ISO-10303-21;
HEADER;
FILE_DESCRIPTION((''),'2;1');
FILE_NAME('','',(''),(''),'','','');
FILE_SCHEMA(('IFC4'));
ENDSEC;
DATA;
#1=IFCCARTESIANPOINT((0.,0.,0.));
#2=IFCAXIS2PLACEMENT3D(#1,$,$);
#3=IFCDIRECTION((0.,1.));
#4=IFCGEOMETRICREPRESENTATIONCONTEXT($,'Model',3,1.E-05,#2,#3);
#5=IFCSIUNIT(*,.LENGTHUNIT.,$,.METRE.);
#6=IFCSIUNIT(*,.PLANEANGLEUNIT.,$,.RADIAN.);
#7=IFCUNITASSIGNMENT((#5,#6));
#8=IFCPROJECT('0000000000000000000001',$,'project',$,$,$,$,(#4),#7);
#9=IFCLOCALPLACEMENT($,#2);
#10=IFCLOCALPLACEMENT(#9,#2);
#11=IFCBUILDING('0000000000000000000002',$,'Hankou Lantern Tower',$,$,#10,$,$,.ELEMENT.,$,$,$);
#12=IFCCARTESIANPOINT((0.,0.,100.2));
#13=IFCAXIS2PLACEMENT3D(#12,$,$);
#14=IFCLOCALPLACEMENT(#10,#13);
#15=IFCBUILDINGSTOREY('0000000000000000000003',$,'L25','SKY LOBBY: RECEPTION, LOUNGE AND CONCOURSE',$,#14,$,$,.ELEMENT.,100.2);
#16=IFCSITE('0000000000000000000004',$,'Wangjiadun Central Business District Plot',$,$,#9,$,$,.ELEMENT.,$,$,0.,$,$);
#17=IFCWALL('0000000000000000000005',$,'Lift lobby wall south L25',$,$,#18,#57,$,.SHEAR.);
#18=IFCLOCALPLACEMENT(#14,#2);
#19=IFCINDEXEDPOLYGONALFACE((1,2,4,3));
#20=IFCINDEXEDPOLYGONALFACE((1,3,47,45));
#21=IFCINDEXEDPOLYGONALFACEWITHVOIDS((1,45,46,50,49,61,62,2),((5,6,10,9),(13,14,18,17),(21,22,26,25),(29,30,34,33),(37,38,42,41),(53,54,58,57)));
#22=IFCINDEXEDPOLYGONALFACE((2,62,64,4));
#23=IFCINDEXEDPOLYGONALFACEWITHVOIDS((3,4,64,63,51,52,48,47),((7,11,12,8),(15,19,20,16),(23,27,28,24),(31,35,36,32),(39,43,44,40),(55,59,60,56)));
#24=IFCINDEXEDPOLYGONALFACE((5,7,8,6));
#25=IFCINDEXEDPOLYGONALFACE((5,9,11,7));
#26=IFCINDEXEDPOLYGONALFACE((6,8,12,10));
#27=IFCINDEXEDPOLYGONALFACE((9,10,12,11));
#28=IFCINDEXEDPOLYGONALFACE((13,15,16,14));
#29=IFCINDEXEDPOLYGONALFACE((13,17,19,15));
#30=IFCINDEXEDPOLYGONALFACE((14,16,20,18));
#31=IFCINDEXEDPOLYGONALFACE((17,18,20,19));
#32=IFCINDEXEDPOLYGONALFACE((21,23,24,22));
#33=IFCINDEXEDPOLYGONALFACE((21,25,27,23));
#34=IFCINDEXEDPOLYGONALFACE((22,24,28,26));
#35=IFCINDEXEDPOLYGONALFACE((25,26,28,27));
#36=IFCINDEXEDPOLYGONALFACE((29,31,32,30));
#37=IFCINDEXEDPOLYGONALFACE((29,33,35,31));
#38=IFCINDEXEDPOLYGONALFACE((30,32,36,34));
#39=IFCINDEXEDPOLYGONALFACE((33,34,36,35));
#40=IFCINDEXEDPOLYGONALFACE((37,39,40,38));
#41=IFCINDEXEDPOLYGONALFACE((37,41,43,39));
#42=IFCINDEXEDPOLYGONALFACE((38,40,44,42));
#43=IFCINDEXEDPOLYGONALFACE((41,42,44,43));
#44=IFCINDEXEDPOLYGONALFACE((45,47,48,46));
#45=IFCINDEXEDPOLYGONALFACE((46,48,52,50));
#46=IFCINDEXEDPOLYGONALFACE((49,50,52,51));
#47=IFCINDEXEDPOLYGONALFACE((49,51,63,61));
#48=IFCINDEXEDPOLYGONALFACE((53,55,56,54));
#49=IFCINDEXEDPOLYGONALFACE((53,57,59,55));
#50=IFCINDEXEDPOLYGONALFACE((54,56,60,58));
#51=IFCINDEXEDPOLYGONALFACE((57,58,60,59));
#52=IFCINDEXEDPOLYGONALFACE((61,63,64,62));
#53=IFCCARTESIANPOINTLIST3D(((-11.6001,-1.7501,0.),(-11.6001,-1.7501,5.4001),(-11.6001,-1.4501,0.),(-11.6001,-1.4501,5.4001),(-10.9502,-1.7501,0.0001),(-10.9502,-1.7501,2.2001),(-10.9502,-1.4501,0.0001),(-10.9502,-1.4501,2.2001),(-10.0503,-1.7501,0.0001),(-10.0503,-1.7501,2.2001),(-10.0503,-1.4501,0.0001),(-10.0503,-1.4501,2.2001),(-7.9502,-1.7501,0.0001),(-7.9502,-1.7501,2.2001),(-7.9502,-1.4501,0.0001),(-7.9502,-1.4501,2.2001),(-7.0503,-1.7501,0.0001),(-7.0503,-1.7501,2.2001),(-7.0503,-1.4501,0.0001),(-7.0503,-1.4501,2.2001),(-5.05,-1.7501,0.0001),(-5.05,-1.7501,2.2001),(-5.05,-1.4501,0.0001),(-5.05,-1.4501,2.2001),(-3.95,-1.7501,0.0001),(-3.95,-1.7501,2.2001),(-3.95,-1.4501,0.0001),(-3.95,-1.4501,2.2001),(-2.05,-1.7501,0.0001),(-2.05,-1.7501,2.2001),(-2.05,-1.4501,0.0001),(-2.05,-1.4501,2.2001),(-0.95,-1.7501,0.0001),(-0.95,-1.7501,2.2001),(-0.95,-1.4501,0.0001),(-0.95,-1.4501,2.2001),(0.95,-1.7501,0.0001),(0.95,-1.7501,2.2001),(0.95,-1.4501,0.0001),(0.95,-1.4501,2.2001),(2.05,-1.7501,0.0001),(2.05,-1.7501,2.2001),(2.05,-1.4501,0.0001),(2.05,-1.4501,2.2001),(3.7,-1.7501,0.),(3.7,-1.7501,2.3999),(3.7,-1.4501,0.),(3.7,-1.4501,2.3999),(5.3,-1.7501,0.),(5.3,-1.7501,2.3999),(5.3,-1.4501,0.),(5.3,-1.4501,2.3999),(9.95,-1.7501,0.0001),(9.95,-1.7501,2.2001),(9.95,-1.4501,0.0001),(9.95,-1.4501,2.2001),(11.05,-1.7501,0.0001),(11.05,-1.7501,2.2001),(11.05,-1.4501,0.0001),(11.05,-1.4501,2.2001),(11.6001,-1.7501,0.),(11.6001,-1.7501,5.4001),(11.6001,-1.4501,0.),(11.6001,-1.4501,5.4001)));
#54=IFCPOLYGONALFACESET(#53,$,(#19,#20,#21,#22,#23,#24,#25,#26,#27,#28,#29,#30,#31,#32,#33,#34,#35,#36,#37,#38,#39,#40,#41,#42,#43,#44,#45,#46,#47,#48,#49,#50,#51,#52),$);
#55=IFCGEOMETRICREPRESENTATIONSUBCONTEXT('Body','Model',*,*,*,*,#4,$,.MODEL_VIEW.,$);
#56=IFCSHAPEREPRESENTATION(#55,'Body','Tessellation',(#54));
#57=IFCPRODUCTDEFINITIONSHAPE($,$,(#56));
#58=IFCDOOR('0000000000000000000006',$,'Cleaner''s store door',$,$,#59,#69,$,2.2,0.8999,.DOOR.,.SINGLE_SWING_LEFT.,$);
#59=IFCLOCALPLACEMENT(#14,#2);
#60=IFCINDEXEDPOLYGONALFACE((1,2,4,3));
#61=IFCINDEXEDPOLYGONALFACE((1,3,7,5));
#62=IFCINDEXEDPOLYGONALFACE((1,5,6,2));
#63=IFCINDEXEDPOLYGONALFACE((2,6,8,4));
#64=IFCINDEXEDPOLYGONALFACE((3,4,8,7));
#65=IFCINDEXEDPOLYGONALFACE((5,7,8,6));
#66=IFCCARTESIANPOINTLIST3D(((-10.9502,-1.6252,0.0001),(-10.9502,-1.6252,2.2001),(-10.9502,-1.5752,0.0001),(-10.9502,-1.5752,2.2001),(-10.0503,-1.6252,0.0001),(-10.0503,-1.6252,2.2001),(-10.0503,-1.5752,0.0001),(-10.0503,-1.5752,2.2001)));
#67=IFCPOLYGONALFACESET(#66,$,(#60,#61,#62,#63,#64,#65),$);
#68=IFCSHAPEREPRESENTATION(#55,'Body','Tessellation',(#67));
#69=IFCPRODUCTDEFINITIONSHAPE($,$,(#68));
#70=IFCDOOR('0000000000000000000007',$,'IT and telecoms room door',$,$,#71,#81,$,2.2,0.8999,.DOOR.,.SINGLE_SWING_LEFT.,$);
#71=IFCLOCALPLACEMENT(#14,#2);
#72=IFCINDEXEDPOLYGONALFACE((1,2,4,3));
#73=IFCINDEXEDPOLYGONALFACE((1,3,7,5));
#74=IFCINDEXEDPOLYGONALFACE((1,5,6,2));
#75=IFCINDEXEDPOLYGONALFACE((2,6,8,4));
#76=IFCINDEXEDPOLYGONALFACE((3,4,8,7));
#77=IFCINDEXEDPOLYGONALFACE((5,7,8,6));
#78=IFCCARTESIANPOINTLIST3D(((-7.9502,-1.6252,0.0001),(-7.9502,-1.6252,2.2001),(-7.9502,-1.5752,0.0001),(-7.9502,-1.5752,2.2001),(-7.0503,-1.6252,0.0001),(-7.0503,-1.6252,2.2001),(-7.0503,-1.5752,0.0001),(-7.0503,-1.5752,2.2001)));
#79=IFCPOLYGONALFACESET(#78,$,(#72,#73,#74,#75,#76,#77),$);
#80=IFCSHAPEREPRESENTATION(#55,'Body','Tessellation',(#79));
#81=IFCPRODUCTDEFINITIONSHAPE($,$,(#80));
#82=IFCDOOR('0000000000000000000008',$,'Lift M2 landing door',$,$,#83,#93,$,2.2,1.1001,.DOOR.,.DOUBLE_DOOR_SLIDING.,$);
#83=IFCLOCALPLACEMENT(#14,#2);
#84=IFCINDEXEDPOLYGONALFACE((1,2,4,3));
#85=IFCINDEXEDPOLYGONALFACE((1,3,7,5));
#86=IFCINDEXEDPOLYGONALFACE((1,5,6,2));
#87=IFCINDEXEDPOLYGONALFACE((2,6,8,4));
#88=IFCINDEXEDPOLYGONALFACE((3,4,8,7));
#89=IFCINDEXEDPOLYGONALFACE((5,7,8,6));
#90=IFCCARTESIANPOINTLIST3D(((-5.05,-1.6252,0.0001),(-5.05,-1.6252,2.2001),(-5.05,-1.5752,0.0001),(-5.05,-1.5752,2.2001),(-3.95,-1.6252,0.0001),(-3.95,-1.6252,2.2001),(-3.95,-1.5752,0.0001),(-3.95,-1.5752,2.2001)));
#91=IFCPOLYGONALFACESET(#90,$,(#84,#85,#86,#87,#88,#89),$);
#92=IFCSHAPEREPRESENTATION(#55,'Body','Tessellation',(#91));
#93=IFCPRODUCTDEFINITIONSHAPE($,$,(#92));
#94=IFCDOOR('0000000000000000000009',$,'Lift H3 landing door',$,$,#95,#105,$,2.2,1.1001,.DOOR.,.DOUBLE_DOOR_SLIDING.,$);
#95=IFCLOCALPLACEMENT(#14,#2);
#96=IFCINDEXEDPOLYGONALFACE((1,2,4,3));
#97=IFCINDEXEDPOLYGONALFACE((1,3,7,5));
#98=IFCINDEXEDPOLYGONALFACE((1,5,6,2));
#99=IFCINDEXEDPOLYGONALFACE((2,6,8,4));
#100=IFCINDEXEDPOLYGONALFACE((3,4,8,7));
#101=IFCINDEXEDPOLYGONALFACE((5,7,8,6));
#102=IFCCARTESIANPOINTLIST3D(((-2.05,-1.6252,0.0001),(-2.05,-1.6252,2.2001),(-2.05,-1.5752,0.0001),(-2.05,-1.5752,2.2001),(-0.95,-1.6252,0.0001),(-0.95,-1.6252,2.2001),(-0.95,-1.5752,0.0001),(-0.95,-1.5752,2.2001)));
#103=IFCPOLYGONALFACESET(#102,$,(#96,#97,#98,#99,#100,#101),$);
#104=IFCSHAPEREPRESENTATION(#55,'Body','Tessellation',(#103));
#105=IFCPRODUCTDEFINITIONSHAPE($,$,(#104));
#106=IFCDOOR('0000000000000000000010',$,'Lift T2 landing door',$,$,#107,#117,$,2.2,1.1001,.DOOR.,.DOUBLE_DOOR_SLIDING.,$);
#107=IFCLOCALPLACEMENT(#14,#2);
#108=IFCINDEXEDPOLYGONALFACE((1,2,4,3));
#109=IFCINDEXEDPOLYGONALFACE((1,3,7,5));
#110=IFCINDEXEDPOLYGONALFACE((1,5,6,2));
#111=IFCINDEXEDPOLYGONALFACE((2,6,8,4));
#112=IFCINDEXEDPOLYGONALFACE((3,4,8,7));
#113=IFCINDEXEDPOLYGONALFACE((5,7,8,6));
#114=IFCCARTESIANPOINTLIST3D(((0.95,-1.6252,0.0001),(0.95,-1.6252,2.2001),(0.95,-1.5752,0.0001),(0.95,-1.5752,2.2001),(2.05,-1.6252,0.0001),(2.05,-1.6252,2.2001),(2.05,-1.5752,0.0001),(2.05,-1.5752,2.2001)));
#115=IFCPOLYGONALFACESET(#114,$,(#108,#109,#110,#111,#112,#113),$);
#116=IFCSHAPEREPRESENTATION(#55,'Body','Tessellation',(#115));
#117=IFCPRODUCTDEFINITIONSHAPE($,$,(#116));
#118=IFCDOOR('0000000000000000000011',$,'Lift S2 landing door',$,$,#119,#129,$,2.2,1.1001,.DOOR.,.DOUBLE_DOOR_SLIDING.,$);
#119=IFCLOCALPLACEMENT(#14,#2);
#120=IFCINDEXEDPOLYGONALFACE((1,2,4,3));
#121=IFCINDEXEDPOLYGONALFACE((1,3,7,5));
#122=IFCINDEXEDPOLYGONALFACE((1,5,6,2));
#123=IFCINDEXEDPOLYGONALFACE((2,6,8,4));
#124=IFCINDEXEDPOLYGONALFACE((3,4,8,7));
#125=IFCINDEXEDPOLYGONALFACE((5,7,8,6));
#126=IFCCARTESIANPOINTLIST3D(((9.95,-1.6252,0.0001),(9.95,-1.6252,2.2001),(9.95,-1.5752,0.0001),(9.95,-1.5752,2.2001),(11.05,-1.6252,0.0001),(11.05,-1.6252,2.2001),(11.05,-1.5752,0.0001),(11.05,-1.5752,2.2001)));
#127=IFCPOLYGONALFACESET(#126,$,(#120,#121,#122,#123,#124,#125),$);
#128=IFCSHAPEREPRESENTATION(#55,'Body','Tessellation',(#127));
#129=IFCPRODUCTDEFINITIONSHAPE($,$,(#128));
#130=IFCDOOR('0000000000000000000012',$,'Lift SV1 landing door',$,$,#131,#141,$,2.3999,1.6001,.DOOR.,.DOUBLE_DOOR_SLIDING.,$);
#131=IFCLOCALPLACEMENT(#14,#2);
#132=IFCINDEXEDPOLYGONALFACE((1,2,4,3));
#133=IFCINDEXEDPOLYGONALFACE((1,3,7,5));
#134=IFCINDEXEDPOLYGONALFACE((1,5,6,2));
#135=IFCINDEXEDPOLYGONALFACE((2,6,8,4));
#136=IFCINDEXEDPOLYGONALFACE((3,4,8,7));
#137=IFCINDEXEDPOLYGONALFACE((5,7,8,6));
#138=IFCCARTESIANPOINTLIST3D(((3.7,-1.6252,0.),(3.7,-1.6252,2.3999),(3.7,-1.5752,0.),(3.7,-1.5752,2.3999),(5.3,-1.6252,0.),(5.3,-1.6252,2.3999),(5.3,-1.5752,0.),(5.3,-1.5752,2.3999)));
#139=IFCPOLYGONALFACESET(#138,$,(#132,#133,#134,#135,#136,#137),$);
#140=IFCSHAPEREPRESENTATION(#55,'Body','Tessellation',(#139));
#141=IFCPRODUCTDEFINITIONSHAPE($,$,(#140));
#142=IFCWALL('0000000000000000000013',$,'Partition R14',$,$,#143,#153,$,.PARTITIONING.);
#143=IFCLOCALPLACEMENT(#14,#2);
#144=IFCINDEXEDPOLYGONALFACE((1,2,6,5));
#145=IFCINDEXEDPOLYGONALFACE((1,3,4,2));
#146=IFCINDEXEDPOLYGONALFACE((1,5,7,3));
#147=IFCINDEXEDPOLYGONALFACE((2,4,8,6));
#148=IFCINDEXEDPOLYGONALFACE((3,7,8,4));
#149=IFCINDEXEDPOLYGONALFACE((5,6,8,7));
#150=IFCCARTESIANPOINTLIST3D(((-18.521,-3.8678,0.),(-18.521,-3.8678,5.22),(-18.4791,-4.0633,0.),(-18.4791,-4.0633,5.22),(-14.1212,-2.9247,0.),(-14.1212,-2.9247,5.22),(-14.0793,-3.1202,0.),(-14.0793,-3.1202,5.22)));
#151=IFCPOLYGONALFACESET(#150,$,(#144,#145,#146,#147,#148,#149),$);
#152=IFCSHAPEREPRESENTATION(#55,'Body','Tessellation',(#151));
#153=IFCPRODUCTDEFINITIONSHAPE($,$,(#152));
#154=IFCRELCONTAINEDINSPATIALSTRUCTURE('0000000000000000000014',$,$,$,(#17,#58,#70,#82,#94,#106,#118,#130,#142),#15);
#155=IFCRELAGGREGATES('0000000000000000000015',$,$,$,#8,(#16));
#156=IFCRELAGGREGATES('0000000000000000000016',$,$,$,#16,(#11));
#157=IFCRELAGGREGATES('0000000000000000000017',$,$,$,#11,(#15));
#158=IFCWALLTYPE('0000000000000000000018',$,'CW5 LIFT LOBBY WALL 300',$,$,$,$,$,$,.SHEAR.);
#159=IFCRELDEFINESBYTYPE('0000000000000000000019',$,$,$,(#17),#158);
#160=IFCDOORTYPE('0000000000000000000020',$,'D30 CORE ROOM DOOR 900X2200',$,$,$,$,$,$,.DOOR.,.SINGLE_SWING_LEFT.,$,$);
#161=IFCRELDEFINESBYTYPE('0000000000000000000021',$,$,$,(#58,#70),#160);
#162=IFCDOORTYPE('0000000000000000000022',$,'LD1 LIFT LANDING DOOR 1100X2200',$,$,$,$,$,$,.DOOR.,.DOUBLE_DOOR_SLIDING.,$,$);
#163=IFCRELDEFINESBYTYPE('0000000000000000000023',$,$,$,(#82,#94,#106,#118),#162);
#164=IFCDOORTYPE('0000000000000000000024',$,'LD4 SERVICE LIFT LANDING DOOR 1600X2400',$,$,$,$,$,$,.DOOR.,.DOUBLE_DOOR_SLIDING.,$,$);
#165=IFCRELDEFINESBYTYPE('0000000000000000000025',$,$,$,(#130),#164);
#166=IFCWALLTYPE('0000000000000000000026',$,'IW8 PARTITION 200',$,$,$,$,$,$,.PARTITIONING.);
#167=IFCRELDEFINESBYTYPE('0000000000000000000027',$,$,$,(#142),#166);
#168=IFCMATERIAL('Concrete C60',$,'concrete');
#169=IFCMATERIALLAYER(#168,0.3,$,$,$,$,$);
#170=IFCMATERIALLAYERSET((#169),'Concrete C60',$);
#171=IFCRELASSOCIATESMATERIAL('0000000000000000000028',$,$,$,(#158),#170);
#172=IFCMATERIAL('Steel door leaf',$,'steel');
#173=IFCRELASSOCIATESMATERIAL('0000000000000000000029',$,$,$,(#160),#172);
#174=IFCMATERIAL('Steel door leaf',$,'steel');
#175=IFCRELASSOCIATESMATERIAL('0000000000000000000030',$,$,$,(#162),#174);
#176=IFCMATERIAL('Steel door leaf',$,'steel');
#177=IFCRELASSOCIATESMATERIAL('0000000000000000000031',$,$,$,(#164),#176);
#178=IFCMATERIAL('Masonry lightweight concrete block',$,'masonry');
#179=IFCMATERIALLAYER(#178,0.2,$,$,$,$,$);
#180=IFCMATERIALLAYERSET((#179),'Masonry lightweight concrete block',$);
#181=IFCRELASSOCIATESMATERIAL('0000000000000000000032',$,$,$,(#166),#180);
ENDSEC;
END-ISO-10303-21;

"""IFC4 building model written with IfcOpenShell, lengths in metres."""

from ifc_helpers import new_model, si_unit, direction, frame, frame_2d, origin, place, context, subcontext, project, spatial, rectangle, extrude, material, layer, layer_set, type_object, element, fill, save


model = new_model("IFC4")

# Units and contexts
model_context = context("Model", 3, precision=1e-05, world=origin(), true_north=direction((0.0, 1.0)))
body_context = subcontext(model_context, "Body", "Model", "MODEL_VIEW")
ifc_project = project(units=[si_unit("LENGTHUNIT", "METRE"), si_unit("PLANEANGLEUNIT", "RADIAN")], contexts=[model_context])

# Site, building, storey
site_placement = place(None, origin())
site = spatial("IfcSite", under=ifc_project, at=site_placement, Name="Wangjiadun Central Business District Plot", CompositionType="ELEMENT", RefElevation=0.0)
building_placement = place(site_placement, origin())
building = spatial("IfcBuilding", under=site, at=building_placement, Name="Hankou Lantern Tower", CompositionType="ELEMENT")
storey_placement = place(building_placement, frame((0.0, 0.0, 100.2)))
storey = spatial("IfcBuildingStorey", under=building, at=storey_placement, Name="L25", Description="SKY LOBBY: RECEPTION, LOUNGE AND CONCOURSE", CompositionType="ELEMENT", Elevation=100.2)

# Wall, openings, doors
ifc_material_1 = material(Name="Concrete C60", Category="concrete")
ifc_layer_1 = layer(ifc_material_1, 0.3)
ifc_layer_set_1 = layer_set([ifc_layer_1], Name="Concrete C60")
wall_type_1 = type_object("IfcWallType", Name="CW5 LIFT LOBBY WALL 300", PredefinedType="SHEAR", material=ifc_layer_set_1)
wall_1_placement = place(storey_placement, frame((-11.6001, -1.6001, 0.0), z_axis=(0.0, 0.0, 1.0), x_axis=(1.0, 0.0, 0.0)))
wall_1 = element("IfcWall", 1, at=wall_1_placement, inside=storey, type_object=wall_type_1, Name="Lift lobby wall south L25", PredefinedType="SHEAR", context=body_context, shape_type="SweptSolid", body=[
    extrude(rectangle(XDim=23.2002, YDim=0.3, at=frame_2d((11.6001, 0.0))), origin(), (0.0, 0.0, 1.0), 5.4001),
])
opening_1_placement = place(wall_1_placement, frame((6.55, 0.0, 0.0)))
opening_1 = element("IfcOpeningElement", 2, at=opening_1_placement, cuts=wall_1, PredefinedType="OPENING", context=body_context, shape_type="SweptSolid", body=[
    extrude(rectangle(XDim=1.1001, YDim=2.2, at=frame_2d((0.55, 1.1001))), frame((0.0, 0.1599, 0.0), z_axis=(0.0, -1.0, 0.0), x_axis=(1.0, 0.0, 0.0)), (0.0, 0.0, 1.0), 0.3201),
])
opening_2_placement = place(wall_1_placement, frame((9.55, 0.0, 0.0)))
opening_2 = element("IfcOpeningElement", 3, at=opening_2_placement, cuts=wall_1, PredefinedType="OPENING", context=body_context, shape_type="SweptSolid", body=[
    extrude(rectangle(XDim=1.1001, YDim=2.2, at=frame_2d((0.55, 1.1001))), frame((0.0, 0.1599, 0.0), z_axis=(0.0, -1.0, 0.0), x_axis=(1.0, 0.0, 0.0)), (0.0, 0.0, 1.0), 0.3201),
])
opening_3_placement = place(wall_1_placement, frame((12.55, 0.0, 0.0)))
opening_3 = element("IfcOpeningElement", 4, at=opening_3_placement, cuts=wall_1, PredefinedType="OPENING", context=body_context, shape_type="SweptSolid", body=[
    extrude(rectangle(XDim=1.1001, YDim=2.2, at=frame_2d((0.55, 1.1001))), frame((0.0, 0.1599, 0.0), z_axis=(0.0, -1.0, 0.0), x_axis=(1.0, 0.0, 0.0)), (0.0, 0.0, 1.0), 0.3201),
])
opening_4_placement = place(wall_1_placement, frame((15.3, 0.0, 0.0)))
opening_4 = element("IfcOpeningElement", 5, at=opening_4_placement, cuts=wall_1, PredefinedType="OPENING", context=body_context, shape_type="SweptSolid", body=[
    extrude(rectangle(XDim=1.6001, YDim=2.3999, at=frame_2d((0.8, 1.2))), frame((0.0, 0.1599, 0.0), z_axis=(0.0, -1.0, 0.0), x_axis=(1.0, 0.0, 0.0)), (0.0, 0.0, 1.0), 0.3201),
])
opening_5_placement = place(wall_1_placement, frame((21.55, 0.0, 0.0)))
opening_5 = element("IfcOpeningElement", 6, at=opening_5_placement, cuts=wall_1, PredefinedType="OPENING", context=body_context, shape_type="SweptSolid", body=[
    extrude(rectangle(XDim=1.1001, YDim=2.2, at=frame_2d((0.55, 1.1001))), frame((0.0, 0.1599, 0.0), z_axis=(0.0, -1.0, 0.0), x_axis=(1.0, 0.0, 0.0)), (0.0, 0.0, 1.0), 0.3201),
])
opening_6_placement = place(wall_1_placement, frame((0.6499, 0.0, 0.0)))
opening_6 = element("IfcOpeningElement", 7, at=opening_6_placement, cuts=wall_1, PredefinedType="OPENING", context=body_context, shape_type="SweptSolid", body=[
    extrude(rectangle(XDim=0.8999, YDim=2.2, at=frame_2d((0.45, 1.1001))), frame((0.0, 0.1599, 0.0), z_axis=(0.0, -1.0, 0.0), x_axis=(1.0, 0.0, 0.0)), (0.0, 0.0, 1.0), 0.3201),
])
opening_7_placement = place(wall_1_placement, frame((3.6499, 0.0, 0.0)))
opening_7 = element("IfcOpeningElement", 8, at=opening_7_placement, cuts=wall_1, PredefinedType="OPENING", context=body_context, shape_type="SweptSolid", body=[
    extrude(rectangle(XDim=0.8999, YDim=2.2, at=frame_2d((0.45, 1.1001))), frame((0.0, 0.1599, 0.0), z_axis=(0.0, -1.0, 0.0), x_axis=(1.0, 0.0, 0.0)), (0.0, 0.0, 1.0), 0.3201),
])
ifc_material_2 = material(Name="Steel door leaf", Category="steel")
door_type_1 = type_object("IfcDoorType", Name="D30 CORE ROOM DOOR 900X2200", OperationType="SINGLE_SWING_LEFT", PredefinedType="DOOR", material=ifc_material_2)
door_1_placement = place(opening_6_placement, origin())
door_1 = element("IfcDoor", 9, at=door_1_placement, inside=storey, type_object=door_type_1, Name="Cleaner's store door", OperationType="SINGLE_SWING_LEFT", OverallHeight=2.2, OverallWidth=0.8999, PredefinedType="DOOR", context=body_context, shape_type="SweptSolid", body=[
    extrude(rectangle(XDim=0.8999, YDim=2.2, at=frame_2d((0.45, 1.1001))), frame((0.0, 0.0249, 0.0), z_axis=(0.0, -1.0, 0.0), x_axis=(1.0, 0.0, 0.0)), (0.0, 0.0, 1.0), 0.05),
])
fill(opening_6, door_1)
door_2_placement = place(opening_7_placement, origin())
door_2 = element("IfcDoor", 10, at=door_2_placement, inside=storey, type_object=door_type_1, Name="IT and telecoms room door", OperationType="SINGLE_SWING_LEFT", OverallHeight=2.2, OverallWidth=0.8999, PredefinedType="DOOR", context=body_context, shape_type="SweptSolid", body=[
    extrude(rectangle(XDim=0.8999, YDim=2.2, at=frame_2d((0.45, 1.1001))), frame((0.0, 0.0249, 0.0), z_axis=(0.0, -1.0, 0.0), x_axis=(1.0, 0.0, 0.0)), (0.0, 0.0, 1.0), 0.05),
])
fill(opening_7, door_2)
ifc_material_3 = material(Name="Steel door leaf", Category="steel")
door_type_2 = type_object("IfcDoorType", Name="LD1 LIFT LANDING DOOR 1100X2200", OperationType="DOUBLE_DOOR_SLIDING", PredefinedType="DOOR", material=ifc_material_3)
door_3_placement = place(opening_1_placement, origin())
door_3 = element("IfcDoor", 11, at=door_3_placement, inside=storey, type_object=door_type_2, Name="Lift M2 landing door", OperationType="DOUBLE_DOOR_SLIDING", OverallHeight=2.2, OverallWidth=1.1001, PredefinedType="DOOR", context=body_context, shape_type="SweptSolid", body=[
    extrude(rectangle(XDim=1.1001, YDim=2.2, at=frame_2d((0.55, 1.1001))), frame((0.0, 0.0249, 0.0), z_axis=(0.0, -1.0, 0.0), x_axis=(1.0, 0.0, 0.0)), (0.0, 0.0, 1.0), 0.05),
])
fill(opening_1, door_3)
door_4_placement = place(opening_2_placement, origin())
door_4 = element("IfcDoor", 12, at=door_4_placement, inside=storey, type_object=door_type_2, Name="Lift H3 landing door", OperationType="DOUBLE_DOOR_SLIDING", OverallHeight=2.2, OverallWidth=1.1001, PredefinedType="DOOR", context=body_context, shape_type="SweptSolid", body=[
    extrude(rectangle(XDim=1.1001, YDim=2.2, at=frame_2d((0.55, 1.1001))), frame((0.0, 0.0249, 0.0), z_axis=(0.0, -1.0, 0.0), x_axis=(1.0, 0.0, 0.0)), (0.0, 0.0, 1.0), 0.05),
])
fill(opening_2, door_4)
door_5_placement = place(opening_3_placement, origin())
door_5 = element("IfcDoor", 13, at=door_5_placement, inside=storey, type_object=door_type_2, Name="Lift T2 landing door", OperationType="DOUBLE_DOOR_SLIDING", OverallHeight=2.2, OverallWidth=1.1001, PredefinedType="DOOR", context=body_context, shape_type="SweptSolid", body=[
    extrude(rectangle(XDim=1.1001, YDim=2.2, at=frame_2d((0.55, 1.1001))), frame((0.0, 0.0249, 0.0), z_axis=(0.0, -1.0, 0.0), x_axis=(1.0, 0.0, 0.0)), (0.0, 0.0, 1.0), 0.05),
])
fill(opening_3, door_5)
door_6_placement = place(opening_5_placement, origin())
door_6 = element("IfcDoor", 14, at=door_6_placement, inside=storey, type_object=door_type_2, Name="Lift S2 landing door", OperationType="DOUBLE_DOOR_SLIDING", OverallHeight=2.2, OverallWidth=1.1001, PredefinedType="DOOR", context=body_context, shape_type="SweptSolid", body=[
    extrude(rectangle(XDim=1.1001, YDim=2.2, at=frame_2d((0.55, 1.1001))), frame((0.0, 0.0249, 0.0), z_axis=(0.0, -1.0, 0.0), x_axis=(1.0, 0.0, 0.0)), (0.0, 0.0, 1.0), 0.05),
])
fill(opening_5, door_6)
ifc_material_4 = material(Name="Steel door leaf", Category="steel")
door_type_3 = type_object("IfcDoorType", Name="LD4 SERVICE LIFT LANDING DOOR 1600X2400", OperationType="DOUBLE_DOOR_SLIDING", PredefinedType="DOOR", material=ifc_material_4)
door_7_placement = place(opening_4_placement, origin())
door_7 = element("IfcDoor", 15, at=door_7_placement, inside=storey, type_object=door_type_3, Name="Lift SV1 landing door", OperationType="DOUBLE_DOOR_SLIDING", OverallHeight=2.3999, OverallWidth=1.6001, PredefinedType="DOOR", context=body_context, shape_type="SweptSolid", body=[
    extrude(rectangle(XDim=1.6001, YDim=2.3999, at=frame_2d((0.8, 1.2))), frame((0.0, 0.0249, 0.0), z_axis=(0.0, -1.0, 0.0), x_axis=(1.0, 0.0, 0.0)), (0.0, 0.0, 1.0), 0.05),
])
fill(opening_4, door_7)

# Wall
ifc_material_5 = material(Name="Masonry lightweight concrete block", Category="masonry")
ifc_layer_2 = layer(ifc_material_5, 0.2)
ifc_layer_set_2 = layer_set([ifc_layer_2], Name="Masonry lightweight concrete block")
wall_type_2 = type_object("IfcWallType", Name="IW8 PARTITION 200", PredefinedType="PARTITIONING", material=ifc_layer_set_2)
wall_2_placement = place(storey_placement, frame((-14.1001, -3.0225, 0.0), z_axis=(0.0, 0.0, 1.0), x_axis=(-0.97779, -0.209588, 0.0)))
element("IfcWall", 16, at=wall_2_placement, inside=storey, type_object=wall_type_2, Name="Partition R14", PredefinedType="PARTITIONING", context=body_context, shape_type="SweptSolid", body=[
    extrude(rectangle(XDim=4.4998, YDim=0.2, at=frame_2d((2.25, 0.0))), origin(), (0.0, 0.0, 1.0), 5.22),
])

save(model, "model.ifc")
